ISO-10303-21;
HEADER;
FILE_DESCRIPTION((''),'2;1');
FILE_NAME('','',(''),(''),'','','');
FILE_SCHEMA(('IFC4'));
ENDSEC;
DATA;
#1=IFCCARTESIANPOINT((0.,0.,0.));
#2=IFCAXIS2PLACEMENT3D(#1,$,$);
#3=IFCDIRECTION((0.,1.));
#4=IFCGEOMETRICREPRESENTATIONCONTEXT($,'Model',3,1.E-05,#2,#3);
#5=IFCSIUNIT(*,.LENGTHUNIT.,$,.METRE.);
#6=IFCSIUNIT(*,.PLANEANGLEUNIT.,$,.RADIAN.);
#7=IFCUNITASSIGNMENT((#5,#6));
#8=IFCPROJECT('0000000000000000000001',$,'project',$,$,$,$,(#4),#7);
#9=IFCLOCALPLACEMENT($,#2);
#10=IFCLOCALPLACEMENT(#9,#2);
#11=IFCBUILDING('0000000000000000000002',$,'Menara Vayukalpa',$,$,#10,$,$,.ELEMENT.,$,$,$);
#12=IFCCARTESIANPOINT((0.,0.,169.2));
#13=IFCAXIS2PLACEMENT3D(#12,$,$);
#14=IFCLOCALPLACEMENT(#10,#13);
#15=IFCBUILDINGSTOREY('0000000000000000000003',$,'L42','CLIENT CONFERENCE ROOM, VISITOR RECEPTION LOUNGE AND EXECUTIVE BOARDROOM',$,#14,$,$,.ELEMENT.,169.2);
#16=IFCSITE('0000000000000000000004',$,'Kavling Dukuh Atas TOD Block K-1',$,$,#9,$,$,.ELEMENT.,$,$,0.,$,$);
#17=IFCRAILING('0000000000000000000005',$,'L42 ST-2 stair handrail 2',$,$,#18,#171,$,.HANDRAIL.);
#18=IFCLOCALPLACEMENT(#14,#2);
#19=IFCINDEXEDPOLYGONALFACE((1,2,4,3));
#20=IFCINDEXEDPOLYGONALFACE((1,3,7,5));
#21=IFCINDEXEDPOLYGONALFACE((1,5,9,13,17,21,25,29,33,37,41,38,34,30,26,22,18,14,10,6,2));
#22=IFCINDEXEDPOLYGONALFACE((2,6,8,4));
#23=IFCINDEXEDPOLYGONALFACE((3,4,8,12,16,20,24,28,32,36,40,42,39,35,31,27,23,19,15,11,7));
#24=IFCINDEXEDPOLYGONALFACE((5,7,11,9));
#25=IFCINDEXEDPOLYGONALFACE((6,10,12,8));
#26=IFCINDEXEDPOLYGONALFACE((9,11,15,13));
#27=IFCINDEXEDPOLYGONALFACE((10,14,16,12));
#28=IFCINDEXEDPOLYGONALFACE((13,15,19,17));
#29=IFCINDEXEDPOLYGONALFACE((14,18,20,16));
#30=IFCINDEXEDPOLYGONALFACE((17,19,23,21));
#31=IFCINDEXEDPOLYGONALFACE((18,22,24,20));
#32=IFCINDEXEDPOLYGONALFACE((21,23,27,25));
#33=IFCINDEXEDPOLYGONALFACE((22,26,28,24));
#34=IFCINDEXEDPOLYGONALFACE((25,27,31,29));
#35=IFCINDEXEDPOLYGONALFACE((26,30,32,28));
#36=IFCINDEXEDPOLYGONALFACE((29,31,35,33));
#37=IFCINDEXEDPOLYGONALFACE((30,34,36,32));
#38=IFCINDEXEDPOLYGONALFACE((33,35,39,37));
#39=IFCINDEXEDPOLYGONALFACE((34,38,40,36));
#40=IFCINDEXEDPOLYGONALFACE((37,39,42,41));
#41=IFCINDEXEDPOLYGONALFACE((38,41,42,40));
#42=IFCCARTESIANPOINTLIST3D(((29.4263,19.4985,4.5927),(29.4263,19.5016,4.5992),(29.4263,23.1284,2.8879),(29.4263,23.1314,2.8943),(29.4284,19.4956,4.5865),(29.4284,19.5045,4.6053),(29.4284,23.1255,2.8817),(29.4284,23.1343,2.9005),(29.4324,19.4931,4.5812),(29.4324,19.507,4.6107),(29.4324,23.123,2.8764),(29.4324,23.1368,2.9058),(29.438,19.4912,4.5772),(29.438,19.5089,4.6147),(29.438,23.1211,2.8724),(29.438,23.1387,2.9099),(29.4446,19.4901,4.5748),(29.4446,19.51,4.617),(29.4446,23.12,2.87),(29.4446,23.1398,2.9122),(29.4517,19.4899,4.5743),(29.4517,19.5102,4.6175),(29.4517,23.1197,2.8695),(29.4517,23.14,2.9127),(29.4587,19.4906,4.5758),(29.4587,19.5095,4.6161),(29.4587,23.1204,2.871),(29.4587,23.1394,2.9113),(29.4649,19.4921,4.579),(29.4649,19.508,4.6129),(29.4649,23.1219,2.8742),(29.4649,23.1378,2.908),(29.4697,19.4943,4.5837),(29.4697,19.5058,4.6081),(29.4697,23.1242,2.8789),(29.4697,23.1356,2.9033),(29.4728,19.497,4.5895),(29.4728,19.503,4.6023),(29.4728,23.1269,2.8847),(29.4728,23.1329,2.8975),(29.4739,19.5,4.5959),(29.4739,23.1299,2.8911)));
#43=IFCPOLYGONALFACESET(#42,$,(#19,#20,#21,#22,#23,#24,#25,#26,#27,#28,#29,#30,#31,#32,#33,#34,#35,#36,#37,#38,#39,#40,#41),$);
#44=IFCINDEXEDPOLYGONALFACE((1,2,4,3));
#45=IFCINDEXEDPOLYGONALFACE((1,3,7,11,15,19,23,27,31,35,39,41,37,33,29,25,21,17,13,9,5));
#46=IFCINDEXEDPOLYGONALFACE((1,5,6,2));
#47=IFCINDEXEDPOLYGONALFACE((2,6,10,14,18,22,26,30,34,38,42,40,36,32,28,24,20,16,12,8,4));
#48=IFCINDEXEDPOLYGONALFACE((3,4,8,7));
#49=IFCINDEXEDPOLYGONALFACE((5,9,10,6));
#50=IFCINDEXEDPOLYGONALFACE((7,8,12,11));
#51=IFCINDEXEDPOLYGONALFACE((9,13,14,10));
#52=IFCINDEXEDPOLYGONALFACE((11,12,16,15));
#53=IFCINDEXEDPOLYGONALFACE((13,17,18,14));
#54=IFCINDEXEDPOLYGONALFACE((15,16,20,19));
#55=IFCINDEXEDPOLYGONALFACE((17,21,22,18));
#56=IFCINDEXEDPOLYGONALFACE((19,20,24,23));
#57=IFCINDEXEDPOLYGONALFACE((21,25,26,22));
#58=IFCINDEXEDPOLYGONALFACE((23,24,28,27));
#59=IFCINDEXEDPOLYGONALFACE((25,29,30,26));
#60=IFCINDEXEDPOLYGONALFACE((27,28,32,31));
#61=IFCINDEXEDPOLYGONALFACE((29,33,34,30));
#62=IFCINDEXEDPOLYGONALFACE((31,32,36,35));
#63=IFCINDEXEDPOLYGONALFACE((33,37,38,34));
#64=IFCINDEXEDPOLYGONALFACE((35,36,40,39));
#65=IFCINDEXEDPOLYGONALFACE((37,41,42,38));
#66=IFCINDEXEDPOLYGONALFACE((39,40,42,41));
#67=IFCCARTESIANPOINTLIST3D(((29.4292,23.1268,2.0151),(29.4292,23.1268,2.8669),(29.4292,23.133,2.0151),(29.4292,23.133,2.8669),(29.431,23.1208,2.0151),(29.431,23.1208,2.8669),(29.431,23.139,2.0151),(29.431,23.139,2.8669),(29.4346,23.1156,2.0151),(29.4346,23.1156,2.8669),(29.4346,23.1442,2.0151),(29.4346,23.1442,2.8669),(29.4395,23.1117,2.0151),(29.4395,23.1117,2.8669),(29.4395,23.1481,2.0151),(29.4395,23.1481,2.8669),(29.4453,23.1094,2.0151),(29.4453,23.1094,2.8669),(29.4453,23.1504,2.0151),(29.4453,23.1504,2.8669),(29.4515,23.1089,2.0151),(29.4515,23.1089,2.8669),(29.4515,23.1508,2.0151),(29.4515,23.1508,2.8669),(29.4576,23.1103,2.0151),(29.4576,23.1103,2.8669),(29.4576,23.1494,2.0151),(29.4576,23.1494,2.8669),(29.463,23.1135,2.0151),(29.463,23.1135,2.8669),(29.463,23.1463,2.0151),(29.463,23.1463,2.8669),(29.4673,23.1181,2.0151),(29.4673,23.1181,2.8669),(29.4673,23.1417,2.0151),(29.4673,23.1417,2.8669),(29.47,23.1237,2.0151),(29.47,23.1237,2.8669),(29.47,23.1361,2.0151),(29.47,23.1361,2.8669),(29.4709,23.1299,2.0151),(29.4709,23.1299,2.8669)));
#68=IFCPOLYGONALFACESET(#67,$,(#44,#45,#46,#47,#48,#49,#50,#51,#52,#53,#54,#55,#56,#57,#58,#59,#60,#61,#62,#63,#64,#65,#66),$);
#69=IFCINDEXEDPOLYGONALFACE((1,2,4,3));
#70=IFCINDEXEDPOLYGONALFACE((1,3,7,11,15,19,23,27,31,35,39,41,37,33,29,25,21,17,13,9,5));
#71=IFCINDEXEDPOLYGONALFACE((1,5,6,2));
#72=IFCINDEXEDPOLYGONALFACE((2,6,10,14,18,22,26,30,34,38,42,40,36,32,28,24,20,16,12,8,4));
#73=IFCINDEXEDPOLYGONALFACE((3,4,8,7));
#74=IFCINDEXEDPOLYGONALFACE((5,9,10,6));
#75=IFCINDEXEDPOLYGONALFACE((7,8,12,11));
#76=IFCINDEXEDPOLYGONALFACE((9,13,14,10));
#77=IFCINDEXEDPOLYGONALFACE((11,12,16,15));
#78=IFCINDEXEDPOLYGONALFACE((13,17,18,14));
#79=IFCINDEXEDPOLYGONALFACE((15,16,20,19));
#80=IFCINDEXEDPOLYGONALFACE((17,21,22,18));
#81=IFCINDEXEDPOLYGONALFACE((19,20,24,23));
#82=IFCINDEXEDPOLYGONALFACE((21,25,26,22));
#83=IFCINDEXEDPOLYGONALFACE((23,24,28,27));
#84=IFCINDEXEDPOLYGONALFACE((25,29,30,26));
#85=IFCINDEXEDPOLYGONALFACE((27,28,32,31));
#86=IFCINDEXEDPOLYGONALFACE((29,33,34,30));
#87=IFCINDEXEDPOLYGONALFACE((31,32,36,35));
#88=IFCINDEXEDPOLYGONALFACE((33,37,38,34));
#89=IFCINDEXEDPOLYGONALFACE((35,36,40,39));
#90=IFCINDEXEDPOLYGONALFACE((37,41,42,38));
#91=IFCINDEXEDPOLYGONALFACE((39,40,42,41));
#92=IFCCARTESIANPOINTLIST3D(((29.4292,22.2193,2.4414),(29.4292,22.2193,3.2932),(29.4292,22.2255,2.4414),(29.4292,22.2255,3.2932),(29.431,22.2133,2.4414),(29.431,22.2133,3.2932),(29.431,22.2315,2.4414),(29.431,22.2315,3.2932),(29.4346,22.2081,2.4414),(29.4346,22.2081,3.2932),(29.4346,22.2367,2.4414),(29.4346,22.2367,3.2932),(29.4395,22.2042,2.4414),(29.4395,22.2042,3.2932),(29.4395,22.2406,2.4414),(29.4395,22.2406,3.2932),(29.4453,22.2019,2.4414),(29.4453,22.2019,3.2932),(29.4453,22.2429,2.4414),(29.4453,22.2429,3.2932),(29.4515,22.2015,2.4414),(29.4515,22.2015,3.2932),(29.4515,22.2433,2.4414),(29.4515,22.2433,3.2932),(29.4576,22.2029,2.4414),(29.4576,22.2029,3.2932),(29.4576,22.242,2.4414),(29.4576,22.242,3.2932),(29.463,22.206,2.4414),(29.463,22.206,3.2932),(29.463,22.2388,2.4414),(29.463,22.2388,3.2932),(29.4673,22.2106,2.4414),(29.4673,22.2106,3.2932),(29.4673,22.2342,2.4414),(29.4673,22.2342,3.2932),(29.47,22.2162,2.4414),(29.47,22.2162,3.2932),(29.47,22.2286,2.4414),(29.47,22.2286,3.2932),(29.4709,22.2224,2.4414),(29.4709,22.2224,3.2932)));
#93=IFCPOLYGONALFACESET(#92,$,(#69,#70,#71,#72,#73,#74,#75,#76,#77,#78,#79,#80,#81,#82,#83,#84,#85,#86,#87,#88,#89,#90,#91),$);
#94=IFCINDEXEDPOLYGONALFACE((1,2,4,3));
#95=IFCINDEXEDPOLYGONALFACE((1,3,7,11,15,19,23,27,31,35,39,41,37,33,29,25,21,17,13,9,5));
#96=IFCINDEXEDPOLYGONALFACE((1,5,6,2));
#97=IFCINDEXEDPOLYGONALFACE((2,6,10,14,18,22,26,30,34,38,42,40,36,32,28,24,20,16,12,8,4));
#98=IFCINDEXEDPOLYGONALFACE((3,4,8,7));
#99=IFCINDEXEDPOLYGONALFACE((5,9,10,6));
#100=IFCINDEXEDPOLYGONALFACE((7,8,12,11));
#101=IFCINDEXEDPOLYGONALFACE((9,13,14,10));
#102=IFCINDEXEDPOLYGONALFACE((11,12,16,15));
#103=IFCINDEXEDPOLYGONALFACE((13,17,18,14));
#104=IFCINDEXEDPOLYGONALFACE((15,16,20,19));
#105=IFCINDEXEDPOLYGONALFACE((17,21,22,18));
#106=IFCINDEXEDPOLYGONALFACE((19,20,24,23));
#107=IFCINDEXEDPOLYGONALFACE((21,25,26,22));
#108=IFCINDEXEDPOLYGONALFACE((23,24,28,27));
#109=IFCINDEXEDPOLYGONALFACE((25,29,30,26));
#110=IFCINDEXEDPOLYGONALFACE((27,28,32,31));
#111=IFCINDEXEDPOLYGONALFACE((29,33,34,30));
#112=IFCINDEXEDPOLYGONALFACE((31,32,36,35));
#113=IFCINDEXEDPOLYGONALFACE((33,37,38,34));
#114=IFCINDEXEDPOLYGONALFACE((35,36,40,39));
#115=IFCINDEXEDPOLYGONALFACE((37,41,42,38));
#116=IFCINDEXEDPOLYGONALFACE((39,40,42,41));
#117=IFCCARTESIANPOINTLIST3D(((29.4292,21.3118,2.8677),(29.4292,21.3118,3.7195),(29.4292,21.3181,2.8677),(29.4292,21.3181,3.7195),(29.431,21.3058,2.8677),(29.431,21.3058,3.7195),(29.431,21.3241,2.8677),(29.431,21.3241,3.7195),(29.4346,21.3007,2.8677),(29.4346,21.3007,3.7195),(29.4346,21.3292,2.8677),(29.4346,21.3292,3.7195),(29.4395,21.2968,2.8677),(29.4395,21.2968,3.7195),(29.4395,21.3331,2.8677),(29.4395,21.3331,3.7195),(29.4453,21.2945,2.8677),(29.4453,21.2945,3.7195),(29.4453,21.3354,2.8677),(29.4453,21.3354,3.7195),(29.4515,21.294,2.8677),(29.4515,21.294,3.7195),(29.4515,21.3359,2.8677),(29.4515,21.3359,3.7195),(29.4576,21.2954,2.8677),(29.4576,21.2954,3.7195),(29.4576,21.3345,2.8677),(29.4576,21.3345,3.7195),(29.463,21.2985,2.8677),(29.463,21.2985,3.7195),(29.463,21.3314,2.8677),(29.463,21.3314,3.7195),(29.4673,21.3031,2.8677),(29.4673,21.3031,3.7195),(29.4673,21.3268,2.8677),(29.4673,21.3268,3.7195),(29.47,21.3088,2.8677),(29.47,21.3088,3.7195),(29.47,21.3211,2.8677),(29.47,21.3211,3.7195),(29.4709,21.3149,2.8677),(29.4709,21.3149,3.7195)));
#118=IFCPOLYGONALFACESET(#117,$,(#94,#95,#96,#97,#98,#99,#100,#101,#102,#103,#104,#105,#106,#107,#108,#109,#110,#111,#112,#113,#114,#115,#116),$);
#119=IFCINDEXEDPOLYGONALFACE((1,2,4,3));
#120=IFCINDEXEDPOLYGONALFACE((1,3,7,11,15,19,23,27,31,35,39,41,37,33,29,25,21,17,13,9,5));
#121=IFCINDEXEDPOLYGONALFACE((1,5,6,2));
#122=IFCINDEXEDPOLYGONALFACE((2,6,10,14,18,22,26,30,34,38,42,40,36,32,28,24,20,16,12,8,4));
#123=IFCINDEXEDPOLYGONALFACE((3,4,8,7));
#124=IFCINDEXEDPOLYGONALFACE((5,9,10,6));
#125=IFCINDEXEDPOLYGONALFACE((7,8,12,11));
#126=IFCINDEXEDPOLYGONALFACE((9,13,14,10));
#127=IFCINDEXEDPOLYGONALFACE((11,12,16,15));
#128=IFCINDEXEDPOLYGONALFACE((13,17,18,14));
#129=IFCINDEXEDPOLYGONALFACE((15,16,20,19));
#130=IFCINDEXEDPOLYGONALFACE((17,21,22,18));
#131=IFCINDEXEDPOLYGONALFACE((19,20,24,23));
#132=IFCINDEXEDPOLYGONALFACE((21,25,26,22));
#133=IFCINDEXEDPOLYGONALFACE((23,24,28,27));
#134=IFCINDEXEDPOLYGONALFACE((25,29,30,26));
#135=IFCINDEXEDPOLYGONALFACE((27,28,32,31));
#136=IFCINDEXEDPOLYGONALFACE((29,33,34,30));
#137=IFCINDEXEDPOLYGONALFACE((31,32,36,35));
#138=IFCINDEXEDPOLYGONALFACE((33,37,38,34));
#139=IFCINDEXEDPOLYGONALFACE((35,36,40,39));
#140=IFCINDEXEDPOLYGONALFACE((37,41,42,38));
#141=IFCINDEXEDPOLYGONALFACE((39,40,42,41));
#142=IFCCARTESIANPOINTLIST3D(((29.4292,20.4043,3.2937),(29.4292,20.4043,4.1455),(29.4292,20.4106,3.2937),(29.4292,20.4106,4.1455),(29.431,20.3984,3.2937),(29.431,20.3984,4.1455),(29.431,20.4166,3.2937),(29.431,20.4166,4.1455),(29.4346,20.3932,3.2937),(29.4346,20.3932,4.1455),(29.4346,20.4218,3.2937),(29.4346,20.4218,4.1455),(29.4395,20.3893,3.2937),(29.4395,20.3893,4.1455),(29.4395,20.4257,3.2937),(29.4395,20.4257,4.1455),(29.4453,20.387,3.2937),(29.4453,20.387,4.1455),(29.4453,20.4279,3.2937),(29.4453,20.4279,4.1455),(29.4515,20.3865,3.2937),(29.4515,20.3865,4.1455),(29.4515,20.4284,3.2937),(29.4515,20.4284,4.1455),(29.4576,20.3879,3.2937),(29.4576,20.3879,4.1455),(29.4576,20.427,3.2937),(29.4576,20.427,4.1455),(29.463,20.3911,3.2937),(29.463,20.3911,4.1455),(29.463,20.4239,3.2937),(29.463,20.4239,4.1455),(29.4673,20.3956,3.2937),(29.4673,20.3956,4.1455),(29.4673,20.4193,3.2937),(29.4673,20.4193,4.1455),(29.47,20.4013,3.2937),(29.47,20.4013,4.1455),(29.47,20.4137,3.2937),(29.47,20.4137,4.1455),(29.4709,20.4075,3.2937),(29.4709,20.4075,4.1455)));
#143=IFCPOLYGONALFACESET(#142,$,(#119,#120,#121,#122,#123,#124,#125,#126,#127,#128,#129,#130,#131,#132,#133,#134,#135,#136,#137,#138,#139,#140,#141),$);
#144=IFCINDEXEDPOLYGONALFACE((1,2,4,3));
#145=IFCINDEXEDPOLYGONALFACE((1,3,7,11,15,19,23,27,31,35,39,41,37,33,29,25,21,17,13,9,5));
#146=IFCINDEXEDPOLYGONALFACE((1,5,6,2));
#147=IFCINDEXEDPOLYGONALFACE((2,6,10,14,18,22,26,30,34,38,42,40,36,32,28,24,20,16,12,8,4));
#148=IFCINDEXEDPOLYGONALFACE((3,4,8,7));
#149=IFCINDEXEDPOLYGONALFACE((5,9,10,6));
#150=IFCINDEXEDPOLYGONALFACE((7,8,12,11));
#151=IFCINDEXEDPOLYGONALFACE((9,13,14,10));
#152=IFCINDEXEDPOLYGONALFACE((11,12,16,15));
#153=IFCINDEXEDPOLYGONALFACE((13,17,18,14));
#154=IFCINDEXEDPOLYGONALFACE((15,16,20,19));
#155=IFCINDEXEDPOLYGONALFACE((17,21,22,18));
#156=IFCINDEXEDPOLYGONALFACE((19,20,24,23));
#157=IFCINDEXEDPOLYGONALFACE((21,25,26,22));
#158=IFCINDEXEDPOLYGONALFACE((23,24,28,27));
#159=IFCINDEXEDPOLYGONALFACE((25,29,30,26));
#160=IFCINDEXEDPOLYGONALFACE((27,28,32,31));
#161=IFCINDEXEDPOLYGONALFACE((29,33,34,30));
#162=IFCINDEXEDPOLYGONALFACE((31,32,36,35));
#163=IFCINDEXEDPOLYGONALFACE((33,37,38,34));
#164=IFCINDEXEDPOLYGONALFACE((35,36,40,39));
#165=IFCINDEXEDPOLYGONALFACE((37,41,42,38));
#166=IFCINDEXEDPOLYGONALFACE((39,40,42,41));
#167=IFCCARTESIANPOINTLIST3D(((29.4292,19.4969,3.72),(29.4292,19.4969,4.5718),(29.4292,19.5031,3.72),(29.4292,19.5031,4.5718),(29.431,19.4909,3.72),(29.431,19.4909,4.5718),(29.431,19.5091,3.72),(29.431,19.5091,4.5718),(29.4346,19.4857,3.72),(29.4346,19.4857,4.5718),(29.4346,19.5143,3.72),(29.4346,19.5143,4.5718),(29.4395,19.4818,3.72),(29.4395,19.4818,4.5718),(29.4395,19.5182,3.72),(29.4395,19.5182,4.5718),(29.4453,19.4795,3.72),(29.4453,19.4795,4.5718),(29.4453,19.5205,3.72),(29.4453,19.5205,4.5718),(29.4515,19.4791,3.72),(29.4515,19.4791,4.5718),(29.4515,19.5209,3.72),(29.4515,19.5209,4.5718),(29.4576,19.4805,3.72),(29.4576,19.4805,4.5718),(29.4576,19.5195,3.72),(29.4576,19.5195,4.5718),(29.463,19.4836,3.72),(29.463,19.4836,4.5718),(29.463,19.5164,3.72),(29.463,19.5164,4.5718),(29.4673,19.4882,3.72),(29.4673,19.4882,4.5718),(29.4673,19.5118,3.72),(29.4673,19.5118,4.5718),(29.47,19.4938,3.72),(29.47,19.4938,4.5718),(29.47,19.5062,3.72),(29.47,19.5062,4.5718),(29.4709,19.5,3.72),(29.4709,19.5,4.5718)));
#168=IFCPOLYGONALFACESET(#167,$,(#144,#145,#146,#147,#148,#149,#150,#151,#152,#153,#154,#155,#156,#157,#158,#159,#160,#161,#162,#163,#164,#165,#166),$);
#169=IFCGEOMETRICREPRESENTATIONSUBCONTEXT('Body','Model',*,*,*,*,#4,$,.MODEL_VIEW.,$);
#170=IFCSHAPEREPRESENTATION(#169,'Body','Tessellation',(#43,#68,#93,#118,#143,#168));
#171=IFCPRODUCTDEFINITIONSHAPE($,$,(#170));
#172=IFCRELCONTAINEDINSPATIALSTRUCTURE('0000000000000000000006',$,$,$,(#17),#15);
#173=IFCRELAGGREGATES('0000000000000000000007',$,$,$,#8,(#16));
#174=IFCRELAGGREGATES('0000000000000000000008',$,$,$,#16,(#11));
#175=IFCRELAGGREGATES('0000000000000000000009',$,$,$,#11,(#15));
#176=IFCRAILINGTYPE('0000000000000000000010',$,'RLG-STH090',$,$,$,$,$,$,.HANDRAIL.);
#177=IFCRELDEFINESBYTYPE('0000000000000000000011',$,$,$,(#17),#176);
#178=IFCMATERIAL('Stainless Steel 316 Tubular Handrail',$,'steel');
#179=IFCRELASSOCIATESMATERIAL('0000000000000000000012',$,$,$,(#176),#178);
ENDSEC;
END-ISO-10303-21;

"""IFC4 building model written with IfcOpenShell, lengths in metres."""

from ifc_helpers import new_model, si_unit, direction, frame, origin, origin_2d, place, context, subcontext, project, spatial, circle, extrude, material, type_object, element, save


model = new_model("IFC4")

# Units and contexts
model_context = context("Model", 3, precision=1e-05, world=origin(), true_north=direction((0.0, 1.0)))
body_context = subcontext(model_context, "Body", "Model", "MODEL_VIEW")
ifc_project = project(units=[si_unit("LENGTHUNIT", "METRE"), si_unit("PLANEANGLEUNIT", "RADIAN")], contexts=[model_context])

# Site, building, storey
site_placement = place(None, origin())
site = spatial("IfcSite", under=ifc_project, at=site_placement, Name="Kavling Dukuh Atas TOD Block K-1", CompositionType="ELEMENT", RefElevation=0.0)
building_placement = place(site_placement, origin())
building = spatial("IfcBuilding", under=site, at=building_placement, Name="Menara Vayukalpa", CompositionType="ELEMENT")
storey_placement = place(building_placement, frame((0.0, 0.0, 169.2)))
storey = spatial("IfcBuildingStorey", under=building, at=storey_placement, Name="L42", Description="CLIENT CONFERENCE ROOM, VISITOR RECEPTION LOUNGE AND EXECUTIVE BOARDROOM", CompositionType="ELEMENT", Elevation=169.2)

# Railing
ifc_material_1 = material(Name="Stainless Steel 316 Tubular Handrail", Category="steel")
railing_type_1 = type_object("IfcRailingType", Name="RLG-STH090", PredefinedType="HANDRAIL", material=ifc_material_1)
railing_1_placement = place(storey_placement, frame((29.45, 23.1299, 2.0151)))
element("IfcRailing", 1, at=railing_1_placement, inside=storey, type_object=railing_type_1, Name="L42 ST-2 stair handrail 2", PredefinedType="HANDRAIL", context=body_context, shape_type="SweptSolid", body=[
    extrude(circle(Radius=0.0239, at=origin_2d()), frame((0.0, 0.0, 0.876), z_axis=(0.0, -0.90514, 0.425114), x_axis=(1.0, 0.0, 0.0)), (0.0, 0.0, 1.0), 4.0103),
    extrude(circle(Radius=0.021, at=origin_2d()), origin(), (0.0, 0.0, 1.0), 0.8518),
    extrude(circle(Radius=0.021, at=origin_2d()), frame((0.0, -0.9075, 0.4263)), (0.0, 0.0, 1.0), 0.8518),
    extrude(circle(Radius=0.021, at=origin_2d()), frame((0.0, -1.8149, 0.8525)), (0.0, 0.0, 1.0), 0.8518),
    extrude(circle(Radius=0.021, at=origin_2d()), frame((0.0, -2.7224, 1.2786)), (0.0, 0.0, 1.0), 0.8518),
    extrude(circle(Radius=0.021, at=origin_2d()), frame((0.0, -3.6299, 1.7048)), (0.0, 0.0, 1.0), 0.8518),
])

save(model, "model.ifc")
